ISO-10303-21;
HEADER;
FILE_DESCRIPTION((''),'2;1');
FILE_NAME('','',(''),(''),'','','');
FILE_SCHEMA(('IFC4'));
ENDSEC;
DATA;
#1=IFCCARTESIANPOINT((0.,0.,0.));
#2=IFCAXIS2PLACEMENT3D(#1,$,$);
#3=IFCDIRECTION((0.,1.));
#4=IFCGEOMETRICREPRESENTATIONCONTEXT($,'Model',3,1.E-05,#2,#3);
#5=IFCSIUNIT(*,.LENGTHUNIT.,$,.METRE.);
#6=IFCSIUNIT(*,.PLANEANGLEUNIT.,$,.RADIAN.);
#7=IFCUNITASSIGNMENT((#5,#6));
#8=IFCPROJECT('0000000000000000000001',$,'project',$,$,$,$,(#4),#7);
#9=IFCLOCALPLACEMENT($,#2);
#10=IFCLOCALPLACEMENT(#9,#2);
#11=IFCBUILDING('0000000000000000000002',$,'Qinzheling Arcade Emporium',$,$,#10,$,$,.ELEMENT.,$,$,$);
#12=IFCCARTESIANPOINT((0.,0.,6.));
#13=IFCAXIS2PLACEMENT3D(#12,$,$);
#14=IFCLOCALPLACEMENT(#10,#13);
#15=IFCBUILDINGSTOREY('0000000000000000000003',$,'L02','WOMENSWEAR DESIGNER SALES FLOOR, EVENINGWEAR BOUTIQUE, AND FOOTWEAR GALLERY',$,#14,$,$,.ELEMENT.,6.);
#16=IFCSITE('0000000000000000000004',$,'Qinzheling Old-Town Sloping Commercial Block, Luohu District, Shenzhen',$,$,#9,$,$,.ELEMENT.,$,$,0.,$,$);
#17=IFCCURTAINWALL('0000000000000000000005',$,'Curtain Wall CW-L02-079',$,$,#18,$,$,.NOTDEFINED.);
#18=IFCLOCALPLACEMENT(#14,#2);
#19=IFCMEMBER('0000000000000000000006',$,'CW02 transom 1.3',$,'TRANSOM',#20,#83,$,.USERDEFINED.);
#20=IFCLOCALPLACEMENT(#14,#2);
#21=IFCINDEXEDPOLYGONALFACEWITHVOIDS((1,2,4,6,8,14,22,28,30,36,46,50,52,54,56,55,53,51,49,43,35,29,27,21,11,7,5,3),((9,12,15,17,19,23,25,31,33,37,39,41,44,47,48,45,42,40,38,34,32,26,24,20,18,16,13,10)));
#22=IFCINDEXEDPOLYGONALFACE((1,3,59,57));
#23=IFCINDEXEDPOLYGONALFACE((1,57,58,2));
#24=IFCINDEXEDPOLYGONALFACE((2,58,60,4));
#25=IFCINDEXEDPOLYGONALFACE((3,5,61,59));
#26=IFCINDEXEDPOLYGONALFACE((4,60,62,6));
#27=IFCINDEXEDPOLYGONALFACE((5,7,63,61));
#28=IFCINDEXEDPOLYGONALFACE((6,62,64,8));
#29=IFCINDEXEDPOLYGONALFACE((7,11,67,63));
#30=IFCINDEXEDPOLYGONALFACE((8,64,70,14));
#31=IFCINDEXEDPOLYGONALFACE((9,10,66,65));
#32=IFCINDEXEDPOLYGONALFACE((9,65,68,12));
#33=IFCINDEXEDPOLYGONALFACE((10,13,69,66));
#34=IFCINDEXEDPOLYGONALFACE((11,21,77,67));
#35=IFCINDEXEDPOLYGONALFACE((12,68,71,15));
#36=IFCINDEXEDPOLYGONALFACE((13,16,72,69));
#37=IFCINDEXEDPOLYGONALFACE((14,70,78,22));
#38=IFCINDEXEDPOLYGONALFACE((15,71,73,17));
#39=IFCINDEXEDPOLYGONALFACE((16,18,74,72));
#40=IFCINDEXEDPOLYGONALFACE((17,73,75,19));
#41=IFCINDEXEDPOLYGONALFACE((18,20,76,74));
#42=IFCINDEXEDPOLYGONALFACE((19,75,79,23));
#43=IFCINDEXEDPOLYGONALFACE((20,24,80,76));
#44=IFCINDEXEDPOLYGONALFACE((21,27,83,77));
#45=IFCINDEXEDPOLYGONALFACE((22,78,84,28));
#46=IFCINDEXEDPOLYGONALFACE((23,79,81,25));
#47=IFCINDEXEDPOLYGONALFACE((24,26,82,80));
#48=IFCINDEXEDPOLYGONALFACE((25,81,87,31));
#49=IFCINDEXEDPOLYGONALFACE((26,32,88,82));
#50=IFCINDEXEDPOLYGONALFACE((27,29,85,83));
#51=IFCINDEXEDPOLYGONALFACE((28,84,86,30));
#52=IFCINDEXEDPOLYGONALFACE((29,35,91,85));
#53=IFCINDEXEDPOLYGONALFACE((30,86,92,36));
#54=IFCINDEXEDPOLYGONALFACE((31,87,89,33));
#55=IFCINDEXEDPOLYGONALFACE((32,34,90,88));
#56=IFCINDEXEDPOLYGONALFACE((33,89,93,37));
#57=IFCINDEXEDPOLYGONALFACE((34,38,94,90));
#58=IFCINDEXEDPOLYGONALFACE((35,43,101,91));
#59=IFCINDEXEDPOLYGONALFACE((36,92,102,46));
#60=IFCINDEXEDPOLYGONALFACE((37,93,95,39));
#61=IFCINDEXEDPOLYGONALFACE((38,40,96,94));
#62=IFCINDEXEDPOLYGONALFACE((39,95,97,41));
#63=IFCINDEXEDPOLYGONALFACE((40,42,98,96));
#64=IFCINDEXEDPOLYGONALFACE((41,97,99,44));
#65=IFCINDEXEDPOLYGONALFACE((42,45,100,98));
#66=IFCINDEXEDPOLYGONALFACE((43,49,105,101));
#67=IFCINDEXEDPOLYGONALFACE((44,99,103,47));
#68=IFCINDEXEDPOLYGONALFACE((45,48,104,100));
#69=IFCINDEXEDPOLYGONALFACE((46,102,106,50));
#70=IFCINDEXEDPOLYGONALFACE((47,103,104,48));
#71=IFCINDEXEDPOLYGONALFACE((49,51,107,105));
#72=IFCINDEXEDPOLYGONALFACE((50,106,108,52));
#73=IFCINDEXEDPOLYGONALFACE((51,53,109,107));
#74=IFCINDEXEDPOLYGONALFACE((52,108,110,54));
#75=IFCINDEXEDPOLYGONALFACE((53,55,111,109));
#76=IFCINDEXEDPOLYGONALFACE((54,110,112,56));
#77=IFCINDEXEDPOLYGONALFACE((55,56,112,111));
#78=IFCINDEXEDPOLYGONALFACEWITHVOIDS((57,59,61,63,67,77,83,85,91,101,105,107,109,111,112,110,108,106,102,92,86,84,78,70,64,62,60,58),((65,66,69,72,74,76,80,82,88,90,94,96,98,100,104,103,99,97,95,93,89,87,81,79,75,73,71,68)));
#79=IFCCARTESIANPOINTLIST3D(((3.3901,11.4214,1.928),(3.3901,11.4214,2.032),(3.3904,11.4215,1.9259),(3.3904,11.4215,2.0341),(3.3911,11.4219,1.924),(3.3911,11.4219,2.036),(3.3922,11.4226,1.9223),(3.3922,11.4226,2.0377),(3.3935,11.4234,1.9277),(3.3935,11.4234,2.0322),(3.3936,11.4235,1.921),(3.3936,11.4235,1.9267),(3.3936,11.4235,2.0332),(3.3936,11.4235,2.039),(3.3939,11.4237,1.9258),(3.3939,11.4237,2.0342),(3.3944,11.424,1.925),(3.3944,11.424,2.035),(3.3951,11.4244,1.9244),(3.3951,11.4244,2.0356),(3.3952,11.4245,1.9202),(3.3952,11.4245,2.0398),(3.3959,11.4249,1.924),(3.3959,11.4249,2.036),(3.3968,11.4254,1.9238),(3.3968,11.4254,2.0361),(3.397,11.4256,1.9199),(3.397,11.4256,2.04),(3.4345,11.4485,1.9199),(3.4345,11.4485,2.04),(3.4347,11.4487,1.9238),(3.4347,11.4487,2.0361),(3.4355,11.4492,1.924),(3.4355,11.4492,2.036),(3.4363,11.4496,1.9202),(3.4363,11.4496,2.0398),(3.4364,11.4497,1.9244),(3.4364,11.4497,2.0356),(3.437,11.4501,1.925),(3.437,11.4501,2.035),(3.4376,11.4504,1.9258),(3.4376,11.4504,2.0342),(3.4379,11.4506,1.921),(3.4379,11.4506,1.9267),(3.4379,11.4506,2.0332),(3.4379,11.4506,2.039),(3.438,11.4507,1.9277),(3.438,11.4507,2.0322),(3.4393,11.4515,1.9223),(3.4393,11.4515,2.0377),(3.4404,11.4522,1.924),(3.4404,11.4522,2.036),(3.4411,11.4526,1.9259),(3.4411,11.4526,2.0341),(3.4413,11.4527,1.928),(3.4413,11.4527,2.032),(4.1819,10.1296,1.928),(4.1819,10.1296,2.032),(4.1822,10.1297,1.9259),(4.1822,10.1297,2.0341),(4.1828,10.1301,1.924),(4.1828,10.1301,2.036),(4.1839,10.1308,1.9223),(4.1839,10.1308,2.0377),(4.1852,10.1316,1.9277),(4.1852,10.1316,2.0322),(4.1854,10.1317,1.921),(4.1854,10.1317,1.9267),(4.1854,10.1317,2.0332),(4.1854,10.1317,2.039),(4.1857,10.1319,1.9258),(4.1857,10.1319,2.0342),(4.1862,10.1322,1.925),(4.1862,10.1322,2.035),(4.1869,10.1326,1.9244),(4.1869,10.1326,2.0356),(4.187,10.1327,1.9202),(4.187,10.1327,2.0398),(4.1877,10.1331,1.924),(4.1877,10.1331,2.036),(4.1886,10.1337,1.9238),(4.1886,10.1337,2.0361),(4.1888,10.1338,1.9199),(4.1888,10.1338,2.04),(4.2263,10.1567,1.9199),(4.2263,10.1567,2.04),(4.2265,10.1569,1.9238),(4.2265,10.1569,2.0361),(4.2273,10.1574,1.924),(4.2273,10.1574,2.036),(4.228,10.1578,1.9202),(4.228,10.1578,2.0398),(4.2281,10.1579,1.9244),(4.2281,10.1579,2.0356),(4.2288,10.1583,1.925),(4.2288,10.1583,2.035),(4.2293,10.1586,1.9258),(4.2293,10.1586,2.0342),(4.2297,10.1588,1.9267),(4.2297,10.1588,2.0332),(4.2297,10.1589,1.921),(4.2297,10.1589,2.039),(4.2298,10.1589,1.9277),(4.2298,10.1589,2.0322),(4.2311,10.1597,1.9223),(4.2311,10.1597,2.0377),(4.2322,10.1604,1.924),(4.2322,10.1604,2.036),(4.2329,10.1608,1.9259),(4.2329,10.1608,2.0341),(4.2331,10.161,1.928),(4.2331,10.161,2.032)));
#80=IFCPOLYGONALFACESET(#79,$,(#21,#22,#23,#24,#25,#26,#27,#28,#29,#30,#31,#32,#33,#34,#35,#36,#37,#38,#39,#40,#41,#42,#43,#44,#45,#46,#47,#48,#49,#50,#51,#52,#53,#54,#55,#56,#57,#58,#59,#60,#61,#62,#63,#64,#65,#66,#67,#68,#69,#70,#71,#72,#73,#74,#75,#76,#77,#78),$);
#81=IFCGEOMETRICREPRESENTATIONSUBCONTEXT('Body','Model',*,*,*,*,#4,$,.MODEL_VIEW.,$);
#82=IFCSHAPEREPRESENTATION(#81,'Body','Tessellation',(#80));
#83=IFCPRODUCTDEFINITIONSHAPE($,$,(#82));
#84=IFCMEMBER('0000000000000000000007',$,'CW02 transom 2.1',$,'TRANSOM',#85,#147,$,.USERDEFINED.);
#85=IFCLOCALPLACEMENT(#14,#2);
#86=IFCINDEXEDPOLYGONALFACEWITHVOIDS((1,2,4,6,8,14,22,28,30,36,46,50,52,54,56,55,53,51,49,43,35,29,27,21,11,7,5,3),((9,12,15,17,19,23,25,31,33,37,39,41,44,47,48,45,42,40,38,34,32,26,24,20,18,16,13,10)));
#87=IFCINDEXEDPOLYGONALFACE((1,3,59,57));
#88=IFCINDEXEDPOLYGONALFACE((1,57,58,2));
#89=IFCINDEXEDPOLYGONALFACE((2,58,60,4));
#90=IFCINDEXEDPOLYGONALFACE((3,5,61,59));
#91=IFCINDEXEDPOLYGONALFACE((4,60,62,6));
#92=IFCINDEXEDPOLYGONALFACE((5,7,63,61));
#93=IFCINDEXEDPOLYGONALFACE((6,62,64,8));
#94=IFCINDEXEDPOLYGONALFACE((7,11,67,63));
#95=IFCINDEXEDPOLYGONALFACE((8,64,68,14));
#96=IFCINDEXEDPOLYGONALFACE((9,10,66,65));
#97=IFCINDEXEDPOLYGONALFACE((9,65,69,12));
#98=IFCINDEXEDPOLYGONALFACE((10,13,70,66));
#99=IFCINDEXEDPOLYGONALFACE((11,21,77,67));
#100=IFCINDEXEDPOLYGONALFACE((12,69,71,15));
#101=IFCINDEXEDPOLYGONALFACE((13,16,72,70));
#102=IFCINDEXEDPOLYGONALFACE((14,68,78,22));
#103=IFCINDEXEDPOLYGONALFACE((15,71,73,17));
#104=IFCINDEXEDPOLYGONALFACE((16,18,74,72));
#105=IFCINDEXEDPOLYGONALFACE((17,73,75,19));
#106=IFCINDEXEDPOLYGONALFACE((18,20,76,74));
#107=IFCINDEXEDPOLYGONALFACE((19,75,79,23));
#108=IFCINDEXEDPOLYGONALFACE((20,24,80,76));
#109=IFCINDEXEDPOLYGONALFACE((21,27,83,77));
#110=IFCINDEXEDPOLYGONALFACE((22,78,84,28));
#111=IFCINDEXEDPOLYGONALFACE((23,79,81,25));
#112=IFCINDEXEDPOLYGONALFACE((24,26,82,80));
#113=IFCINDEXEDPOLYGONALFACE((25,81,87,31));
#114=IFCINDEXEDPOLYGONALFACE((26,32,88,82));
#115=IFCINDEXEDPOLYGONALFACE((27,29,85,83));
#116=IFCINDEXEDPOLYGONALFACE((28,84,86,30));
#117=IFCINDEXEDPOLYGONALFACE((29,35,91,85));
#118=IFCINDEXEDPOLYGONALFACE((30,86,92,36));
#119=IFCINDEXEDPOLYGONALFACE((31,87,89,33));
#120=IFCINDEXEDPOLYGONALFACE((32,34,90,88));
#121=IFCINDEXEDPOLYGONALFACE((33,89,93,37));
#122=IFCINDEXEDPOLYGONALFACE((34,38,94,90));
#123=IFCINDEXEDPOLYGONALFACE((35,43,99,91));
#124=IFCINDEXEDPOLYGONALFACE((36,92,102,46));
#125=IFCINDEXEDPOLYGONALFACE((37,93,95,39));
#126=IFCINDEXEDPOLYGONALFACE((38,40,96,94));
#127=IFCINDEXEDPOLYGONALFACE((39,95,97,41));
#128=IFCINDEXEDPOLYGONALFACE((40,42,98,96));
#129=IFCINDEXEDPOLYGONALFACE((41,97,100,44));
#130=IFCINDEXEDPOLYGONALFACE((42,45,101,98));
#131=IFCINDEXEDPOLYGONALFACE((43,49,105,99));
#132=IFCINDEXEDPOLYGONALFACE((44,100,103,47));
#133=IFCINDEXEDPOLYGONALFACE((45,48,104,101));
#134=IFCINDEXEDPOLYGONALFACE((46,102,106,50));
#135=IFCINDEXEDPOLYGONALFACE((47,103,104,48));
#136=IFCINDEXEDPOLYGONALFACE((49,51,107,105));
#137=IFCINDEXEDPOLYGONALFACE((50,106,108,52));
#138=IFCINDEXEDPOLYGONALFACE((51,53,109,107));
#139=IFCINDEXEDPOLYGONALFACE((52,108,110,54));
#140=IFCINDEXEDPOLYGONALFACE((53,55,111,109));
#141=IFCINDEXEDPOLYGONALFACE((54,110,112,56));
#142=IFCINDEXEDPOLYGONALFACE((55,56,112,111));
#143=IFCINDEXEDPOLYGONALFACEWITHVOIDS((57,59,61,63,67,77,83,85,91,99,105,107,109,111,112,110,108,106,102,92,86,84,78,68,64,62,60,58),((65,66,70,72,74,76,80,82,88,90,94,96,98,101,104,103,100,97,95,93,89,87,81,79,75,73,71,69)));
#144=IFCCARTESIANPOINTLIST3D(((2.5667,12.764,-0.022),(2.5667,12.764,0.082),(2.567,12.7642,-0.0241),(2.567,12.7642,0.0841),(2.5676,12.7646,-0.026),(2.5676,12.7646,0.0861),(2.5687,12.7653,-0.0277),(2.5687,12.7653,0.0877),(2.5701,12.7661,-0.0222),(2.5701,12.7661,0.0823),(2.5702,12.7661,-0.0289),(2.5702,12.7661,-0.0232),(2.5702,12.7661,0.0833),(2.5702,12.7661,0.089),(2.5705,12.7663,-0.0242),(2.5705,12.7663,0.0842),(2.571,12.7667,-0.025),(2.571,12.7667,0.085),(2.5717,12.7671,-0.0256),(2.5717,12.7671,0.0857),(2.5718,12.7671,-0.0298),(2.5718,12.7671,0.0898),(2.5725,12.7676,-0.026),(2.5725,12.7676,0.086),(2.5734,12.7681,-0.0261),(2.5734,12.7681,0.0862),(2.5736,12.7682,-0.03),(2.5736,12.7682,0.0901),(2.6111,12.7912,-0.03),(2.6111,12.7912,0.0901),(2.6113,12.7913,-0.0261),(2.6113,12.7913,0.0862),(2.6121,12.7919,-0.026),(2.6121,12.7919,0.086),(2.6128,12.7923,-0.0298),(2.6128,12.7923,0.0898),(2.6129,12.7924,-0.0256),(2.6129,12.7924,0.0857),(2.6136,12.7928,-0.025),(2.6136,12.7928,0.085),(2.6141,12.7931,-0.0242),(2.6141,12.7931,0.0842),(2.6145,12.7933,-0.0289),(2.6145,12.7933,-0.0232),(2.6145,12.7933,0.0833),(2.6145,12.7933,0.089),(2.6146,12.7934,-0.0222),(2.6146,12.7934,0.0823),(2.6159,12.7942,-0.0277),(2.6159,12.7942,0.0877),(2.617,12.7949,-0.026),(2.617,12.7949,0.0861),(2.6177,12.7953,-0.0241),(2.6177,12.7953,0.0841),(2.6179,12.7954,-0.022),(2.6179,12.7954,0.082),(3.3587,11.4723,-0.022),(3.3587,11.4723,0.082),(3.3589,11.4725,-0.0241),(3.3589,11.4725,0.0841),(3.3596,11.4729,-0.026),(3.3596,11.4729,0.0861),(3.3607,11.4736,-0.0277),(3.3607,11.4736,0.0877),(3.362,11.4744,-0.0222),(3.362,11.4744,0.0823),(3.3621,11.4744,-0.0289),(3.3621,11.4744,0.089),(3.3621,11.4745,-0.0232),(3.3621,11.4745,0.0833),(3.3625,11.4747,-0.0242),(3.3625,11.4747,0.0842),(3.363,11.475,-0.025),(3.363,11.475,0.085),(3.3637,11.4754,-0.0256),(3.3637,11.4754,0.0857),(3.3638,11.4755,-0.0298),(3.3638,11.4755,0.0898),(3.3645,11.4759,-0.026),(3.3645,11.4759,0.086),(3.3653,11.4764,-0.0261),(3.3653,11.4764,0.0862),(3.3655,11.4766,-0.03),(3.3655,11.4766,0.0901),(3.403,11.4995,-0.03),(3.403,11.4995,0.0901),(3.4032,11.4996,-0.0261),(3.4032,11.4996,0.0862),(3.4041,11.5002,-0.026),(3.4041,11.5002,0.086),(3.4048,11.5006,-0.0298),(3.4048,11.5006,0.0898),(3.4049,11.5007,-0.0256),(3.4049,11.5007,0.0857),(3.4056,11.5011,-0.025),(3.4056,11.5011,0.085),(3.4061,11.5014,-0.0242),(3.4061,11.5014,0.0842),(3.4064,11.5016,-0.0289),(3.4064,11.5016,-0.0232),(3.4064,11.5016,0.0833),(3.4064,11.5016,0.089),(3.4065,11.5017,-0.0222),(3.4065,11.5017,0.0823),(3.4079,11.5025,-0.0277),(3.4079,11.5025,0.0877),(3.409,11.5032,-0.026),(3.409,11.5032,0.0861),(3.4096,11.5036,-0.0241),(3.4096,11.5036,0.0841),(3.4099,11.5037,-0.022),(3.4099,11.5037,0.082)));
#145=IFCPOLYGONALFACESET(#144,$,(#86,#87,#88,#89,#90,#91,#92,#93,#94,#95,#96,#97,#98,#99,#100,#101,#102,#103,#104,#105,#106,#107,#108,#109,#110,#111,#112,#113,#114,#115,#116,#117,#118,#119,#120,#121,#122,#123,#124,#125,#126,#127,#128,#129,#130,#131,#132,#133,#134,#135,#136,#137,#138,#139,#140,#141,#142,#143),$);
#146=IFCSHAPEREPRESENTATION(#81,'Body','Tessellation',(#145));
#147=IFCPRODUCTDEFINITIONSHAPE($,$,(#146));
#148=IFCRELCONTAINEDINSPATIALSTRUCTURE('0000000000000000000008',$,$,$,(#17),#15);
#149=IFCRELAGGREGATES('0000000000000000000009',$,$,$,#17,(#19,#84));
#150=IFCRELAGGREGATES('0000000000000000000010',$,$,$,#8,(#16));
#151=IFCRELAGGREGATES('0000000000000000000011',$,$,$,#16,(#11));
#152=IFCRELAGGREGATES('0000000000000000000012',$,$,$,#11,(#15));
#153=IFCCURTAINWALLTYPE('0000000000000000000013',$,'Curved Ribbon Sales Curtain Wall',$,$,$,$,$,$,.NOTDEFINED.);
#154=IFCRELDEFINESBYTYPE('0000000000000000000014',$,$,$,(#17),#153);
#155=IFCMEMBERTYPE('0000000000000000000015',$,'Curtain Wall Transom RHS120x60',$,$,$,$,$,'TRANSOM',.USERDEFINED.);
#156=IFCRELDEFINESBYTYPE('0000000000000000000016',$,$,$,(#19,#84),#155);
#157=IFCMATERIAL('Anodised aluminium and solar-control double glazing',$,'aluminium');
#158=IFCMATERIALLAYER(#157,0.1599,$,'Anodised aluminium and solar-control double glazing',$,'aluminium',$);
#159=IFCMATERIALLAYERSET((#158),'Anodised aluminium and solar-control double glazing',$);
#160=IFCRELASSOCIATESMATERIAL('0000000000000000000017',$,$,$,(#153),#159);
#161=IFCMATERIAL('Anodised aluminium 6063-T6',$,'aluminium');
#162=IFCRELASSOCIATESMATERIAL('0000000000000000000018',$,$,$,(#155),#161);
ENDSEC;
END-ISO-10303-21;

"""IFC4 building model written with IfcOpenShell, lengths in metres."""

from ifc_helpers import new_model, si_unit, direction, frame, origin, origin_2d, place, context, subcontext, project, spatial, hollow_rectangle, extrude, material, layer, layer_set, material_profile, profile_set, type_object, element, aggregate, save


model = new_model("IFC4")

# Units and contexts
model_context = context("Model", 3, precision=1e-05, world=origin(), true_north=direction((0.0, 1.0)))
body_context = subcontext(model_context, "Body", "Model", "MODEL_VIEW")
ifc_project = project(units=[si_unit("LENGTHUNIT", "METRE"), si_unit("PLANEANGLEUNIT", "RADIAN")], contexts=[model_context])

# Site, building, storey
site_placement = place(None, origin())
site = spatial("IfcSite", under=ifc_project, at=site_placement, Name="Qinzheling Old-Town Sloping Commercial Block, Luohu District, Shenzhen", CompositionType="ELEMENT", RefElevation=0.0)
building_placement = place(site_placement, origin())
building = spatial("IfcBuilding", under=site, at=building_placement, Name="Qinzheling Arcade Emporium", CompositionType="ELEMENT")
storey_placement = place(building_placement, frame((0.0, 0.0, 6.0)))
storey = spatial("IfcBuildingStorey", under=building, at=storey_placement, Name="L02", Description="WOMENSWEAR DESIGNER SALES FLOOR, EVENINGWEAR BOUTIQUE, AND FOOTWEAR GALLERY", CompositionType="ELEMENT", Elevation=6.0)

# Curtain wall
ifc_material_1 = material(Name="Anodised aluminium and solar-control double glazing", Category="aluminium")
ifc_layer_1 = layer(ifc_material_1, 0.1599, Name="Anodised aluminium and solar-control double glazing", Category="aluminium")
ifc_layer_set_1 = layer_set([ifc_layer_1], Name="Anodised aluminium and solar-control double glazing")
curtain_wall_type = type_object("IfcCurtainWallType", Name="Curved Ribbon Sales Curtain Wall", PredefinedType="NOTDEFINED", material=ifc_layer_set_1)
curtain_wall_1_placement = place(storey_placement, origin())
curtain_wall_1 = element("IfcCurtainWall", 1, at=curtain_wall_1_placement, inside=storey, type_object=curtain_wall_type, Name="Curtain Wall CW-L02-079", PredefinedType="NOTDEFINED")
ifc_material_2 = material(Name="Anodised aluminium 6063-T6", Category="aluminium")

# Members
ifc_material_profile_1 = material_profile(ifc_material_2, hollow_rectangle(XDim=0.0601, YDim=0.1201, WallThickness=0.0039, InnerFilletRadius=0.0039, OuterFilletRadius=0.0081, at=origin_2d()), Name="RHS 120x60x4", Category="aluminium")
ifc_profile_set_1 = profile_set([ifc_material_profile_1], Name="Anodised aluminium 6063-T6")
member_type_1 = type_object("IfcMemberType", Name="Curtain Wall Transom RHS120x60", ElementType="TRANSOM", PredefinedType="USERDEFINED", material=ifc_profile_set_1)
member_1_placement = place(storey_placement, frame((4.2075, 10.1453, 1.98), z_axis=(-0.522577, 0.852592, 0.0), x_axis=(-0.852592, -0.522577, 0.0)))
member_1 = element("IfcMember", 2, at=member_1_placement, type_object=member_type_1, Name="CW02 transom 1.3", ObjectType="TRANSOM", PredefinedType="USERDEFINED", context=body_context, shape_type="SweptSolid", body=[
    extrude(hollow_rectangle(XDim=0.0601, YDim=0.1201, WallThickness=0.0039, InnerFilletRadius=0.0039, OuterFilletRadius=0.0081, at=origin_2d()), origin(), (0.0, 0.0, 1.0), 1.5151),
])
member_2_placement = place(storey_placement, frame((3.3843, 11.488, 0.03), z_axis=(-0.522694, 0.85252, 0.0), x_axis=(-0.85252, -0.522694, 0.0)))
member_2 = element("IfcMember", 3, at=member_2_placement, type_object=member_type_1, Name="CW02 transom 2.1", ObjectType="TRANSOM", PredefinedType="USERDEFINED", context=body_context, shape_type="SweptSolid", body=[
    extrude(hollow_rectangle(XDim=0.0601, YDim=0.1201, WallThickness=0.0039, InnerFilletRadius=0.0039, OuterFilletRadius=0.0081, at=origin_2d()), origin(), (0.0, 0.0, 1.0), 1.5151),
])

aggregate(curtain_wall_1, [member_1, member_2])

save(model, "model.ifc")
